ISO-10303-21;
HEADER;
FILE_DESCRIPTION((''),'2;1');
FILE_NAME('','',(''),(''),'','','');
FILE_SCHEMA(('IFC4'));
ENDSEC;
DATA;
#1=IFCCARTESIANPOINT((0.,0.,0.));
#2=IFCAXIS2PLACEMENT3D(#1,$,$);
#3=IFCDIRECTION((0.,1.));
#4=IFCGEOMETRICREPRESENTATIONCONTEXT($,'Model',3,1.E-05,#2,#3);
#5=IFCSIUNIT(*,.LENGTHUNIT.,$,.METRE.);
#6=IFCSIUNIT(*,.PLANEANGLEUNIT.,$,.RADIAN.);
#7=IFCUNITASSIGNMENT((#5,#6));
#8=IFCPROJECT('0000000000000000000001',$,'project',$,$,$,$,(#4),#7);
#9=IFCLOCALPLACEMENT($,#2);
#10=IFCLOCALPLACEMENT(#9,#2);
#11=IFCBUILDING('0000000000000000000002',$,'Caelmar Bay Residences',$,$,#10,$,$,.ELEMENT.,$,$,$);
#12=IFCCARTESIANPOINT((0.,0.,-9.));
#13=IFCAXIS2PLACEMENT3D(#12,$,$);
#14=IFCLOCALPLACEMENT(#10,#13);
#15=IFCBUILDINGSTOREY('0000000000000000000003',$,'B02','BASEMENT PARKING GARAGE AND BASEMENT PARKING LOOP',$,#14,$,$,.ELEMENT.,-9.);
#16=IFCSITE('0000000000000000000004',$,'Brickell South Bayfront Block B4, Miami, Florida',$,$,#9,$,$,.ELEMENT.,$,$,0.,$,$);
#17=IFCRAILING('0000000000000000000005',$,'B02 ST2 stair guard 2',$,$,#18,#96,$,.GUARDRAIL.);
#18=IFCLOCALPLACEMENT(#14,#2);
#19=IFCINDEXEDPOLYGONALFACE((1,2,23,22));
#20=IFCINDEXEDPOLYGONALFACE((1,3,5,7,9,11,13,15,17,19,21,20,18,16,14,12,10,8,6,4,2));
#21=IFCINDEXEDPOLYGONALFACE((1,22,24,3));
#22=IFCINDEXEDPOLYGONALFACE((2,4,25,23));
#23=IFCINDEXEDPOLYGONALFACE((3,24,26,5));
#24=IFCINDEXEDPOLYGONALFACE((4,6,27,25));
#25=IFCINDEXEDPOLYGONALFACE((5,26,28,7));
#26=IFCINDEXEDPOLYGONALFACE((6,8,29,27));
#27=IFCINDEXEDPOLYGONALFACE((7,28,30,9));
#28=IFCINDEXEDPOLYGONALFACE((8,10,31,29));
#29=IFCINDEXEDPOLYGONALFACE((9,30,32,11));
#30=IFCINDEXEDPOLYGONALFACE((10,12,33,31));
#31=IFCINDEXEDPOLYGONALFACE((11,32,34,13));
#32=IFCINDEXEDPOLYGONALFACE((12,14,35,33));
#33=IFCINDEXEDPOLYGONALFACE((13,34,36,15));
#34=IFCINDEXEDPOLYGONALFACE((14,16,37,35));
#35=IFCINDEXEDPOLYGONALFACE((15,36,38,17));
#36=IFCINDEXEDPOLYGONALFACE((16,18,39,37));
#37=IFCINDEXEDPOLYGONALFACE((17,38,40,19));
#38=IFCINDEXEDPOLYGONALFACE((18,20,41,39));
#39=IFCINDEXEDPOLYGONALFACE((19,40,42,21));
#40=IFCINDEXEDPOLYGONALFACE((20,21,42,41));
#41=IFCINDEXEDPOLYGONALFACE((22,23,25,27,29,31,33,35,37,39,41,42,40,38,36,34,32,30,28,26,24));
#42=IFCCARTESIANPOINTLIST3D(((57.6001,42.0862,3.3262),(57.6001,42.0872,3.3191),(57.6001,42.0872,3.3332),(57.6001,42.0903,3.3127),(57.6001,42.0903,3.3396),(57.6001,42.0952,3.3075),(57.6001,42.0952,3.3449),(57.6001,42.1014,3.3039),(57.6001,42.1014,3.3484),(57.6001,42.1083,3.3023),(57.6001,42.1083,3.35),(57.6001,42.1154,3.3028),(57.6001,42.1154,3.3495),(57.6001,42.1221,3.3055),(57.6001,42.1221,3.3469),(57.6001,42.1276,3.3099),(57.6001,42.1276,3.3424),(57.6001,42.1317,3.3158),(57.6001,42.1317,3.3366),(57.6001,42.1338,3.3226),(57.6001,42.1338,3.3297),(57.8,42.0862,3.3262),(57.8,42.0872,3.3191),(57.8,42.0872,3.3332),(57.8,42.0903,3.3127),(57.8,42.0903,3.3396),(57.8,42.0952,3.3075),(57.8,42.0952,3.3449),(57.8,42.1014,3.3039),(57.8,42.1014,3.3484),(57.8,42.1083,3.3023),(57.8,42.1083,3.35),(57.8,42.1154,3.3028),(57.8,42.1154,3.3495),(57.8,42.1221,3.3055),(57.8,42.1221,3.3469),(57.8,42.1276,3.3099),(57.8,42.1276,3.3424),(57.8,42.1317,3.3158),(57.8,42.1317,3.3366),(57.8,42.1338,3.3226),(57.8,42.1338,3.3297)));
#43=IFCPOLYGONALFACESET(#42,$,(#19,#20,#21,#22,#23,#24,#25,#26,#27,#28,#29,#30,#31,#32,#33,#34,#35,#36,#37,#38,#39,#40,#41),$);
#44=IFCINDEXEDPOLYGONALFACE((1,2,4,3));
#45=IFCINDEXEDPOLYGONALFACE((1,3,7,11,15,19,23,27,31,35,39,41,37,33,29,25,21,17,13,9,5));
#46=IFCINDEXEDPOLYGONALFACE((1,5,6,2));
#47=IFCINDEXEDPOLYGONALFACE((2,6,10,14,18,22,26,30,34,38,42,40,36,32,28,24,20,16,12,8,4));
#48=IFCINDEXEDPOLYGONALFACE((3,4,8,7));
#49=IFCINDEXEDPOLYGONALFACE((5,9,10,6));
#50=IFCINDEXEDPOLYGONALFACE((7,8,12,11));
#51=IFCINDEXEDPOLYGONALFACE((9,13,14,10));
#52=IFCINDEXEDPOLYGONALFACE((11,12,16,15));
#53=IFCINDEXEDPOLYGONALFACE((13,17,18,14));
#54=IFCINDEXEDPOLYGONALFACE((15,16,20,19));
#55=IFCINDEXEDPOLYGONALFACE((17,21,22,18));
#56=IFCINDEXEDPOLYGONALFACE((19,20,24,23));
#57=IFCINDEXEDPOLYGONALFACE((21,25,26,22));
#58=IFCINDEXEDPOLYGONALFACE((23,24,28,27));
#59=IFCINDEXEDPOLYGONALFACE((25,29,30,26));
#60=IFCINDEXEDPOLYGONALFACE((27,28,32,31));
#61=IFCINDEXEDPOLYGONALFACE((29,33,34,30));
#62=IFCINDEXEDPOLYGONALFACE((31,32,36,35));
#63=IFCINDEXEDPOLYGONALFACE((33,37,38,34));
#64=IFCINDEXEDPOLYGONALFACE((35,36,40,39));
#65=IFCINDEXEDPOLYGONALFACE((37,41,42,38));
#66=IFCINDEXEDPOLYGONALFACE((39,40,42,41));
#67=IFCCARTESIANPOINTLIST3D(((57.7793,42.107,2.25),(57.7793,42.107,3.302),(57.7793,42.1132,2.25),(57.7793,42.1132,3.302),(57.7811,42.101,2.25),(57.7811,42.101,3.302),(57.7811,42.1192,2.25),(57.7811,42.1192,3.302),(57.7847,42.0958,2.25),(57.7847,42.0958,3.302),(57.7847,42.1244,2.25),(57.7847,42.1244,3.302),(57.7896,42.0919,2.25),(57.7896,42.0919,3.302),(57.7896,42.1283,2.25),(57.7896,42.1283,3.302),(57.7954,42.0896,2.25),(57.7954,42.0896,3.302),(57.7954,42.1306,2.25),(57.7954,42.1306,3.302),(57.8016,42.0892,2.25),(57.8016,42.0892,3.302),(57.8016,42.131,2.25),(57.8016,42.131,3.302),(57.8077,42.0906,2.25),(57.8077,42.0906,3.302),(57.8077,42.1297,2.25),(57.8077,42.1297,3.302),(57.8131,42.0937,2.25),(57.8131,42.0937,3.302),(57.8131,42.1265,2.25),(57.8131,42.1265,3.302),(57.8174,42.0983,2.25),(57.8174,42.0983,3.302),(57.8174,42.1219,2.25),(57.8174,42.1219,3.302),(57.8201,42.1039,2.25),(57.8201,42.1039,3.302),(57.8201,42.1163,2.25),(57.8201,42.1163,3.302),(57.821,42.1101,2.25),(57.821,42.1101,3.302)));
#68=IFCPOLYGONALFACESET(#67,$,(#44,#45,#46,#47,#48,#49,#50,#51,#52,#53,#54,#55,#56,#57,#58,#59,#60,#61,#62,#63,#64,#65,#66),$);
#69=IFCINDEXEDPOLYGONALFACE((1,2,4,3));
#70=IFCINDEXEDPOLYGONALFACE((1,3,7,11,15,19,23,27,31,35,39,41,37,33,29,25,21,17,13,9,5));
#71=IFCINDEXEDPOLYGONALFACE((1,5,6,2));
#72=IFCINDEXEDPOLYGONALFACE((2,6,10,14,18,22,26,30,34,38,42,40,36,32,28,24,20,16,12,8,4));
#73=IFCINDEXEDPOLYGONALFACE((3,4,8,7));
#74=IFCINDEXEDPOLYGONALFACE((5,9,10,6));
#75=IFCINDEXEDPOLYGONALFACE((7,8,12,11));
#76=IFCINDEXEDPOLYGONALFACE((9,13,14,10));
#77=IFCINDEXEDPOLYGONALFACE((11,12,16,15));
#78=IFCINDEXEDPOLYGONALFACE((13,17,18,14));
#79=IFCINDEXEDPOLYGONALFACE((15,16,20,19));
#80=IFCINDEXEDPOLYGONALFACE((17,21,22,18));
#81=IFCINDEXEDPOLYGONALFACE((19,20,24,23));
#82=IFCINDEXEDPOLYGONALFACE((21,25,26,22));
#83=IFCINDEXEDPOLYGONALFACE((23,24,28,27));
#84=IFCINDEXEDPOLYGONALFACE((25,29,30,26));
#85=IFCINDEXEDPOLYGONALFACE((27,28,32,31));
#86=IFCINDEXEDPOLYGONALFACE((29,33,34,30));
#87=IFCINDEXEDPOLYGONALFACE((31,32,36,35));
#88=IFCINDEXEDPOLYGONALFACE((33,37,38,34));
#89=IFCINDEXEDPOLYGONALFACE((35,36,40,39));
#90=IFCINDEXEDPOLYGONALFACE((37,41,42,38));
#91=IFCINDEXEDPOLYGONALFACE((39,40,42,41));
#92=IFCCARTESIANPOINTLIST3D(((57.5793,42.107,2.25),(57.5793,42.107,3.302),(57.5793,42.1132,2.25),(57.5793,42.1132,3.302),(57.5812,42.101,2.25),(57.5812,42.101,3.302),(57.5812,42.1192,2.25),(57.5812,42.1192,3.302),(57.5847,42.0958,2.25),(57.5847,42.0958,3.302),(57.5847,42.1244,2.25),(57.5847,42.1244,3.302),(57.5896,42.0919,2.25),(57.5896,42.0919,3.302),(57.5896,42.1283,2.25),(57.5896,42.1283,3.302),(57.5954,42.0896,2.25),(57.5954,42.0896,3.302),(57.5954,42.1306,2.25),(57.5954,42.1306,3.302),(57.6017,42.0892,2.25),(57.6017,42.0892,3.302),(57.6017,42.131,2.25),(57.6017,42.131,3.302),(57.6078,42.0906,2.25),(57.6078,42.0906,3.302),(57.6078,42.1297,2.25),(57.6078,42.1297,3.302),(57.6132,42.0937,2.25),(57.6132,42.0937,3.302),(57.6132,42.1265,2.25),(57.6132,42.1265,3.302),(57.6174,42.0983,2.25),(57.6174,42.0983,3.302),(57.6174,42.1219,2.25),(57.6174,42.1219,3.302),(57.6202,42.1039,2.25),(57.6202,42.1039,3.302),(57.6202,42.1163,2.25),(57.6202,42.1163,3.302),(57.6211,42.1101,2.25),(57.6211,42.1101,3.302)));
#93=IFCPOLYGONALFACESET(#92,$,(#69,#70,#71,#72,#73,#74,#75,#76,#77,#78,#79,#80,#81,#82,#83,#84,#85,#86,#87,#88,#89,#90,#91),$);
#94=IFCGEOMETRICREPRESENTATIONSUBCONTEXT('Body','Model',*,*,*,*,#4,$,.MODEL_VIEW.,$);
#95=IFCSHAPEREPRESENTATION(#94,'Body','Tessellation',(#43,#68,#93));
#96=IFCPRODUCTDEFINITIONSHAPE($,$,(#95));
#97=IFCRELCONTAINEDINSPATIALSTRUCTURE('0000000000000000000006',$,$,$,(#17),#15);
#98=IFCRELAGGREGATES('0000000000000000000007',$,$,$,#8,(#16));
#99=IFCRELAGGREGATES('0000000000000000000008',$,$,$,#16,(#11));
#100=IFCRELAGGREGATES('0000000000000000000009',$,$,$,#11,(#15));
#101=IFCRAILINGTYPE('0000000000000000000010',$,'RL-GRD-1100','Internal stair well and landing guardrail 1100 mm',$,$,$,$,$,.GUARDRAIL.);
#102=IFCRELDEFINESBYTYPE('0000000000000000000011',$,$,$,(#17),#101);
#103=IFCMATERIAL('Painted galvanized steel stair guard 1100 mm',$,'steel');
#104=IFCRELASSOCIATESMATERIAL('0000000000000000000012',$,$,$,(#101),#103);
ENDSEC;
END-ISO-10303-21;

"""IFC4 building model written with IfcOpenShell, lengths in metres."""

from ifc_helpers import new_model, si_unit, direction, frame, origin, origin_2d, place, context, subcontext, project, spatial, circle, extrude, material, type_object, element, save


model = new_model("IFC4")

# Units and contexts
model_context = context("Model", 3, precision=1e-05, world=origin(), true_north=direction((0.0, 1.0)))
body_context = subcontext(model_context, "Body", "Model", "MODEL_VIEW")
ifc_project = project(units=[si_unit("LENGTHUNIT", "METRE"), si_unit("PLANEANGLEUNIT", "RADIAN")], contexts=[model_context])

# Site, building, storey
site_placement = place(None, origin())
site = spatial("IfcSite", under=ifc_project, at=site_placement, Name="Brickell South Bayfront Block B4, Miami, Florida", CompositionType="ELEMENT", RefElevation=0.0)
building_placement = place(site_placement, origin())
building = spatial("IfcBuilding", under=site, at=building_placement, Name="Caelmar Bay Residences", CompositionType="ELEMENT")
storey_placement = place(building_placement, frame((0.0, 0.0, -9.0)))
storey = spatial("IfcBuildingStorey", under=building, at=storey_placement, Name="B02", Description="BASEMENT PARKING GARAGE AND BASEMENT PARKING LOOP", CompositionType="ELEMENT", Elevation=-9.0)

# Railing
ifc_material_1 = material(Name="Painted galvanized steel stair guard 1100 mm", Category="steel")
railing_type_1 = type_object("IfcRailingType", Name="RL-GRD-1100", Description="Internal stair well and landing guardrail 1100 mm", PredefinedType="GUARDRAIL", material=ifc_material_1)
railing_1_placement = place(storey_placement, frame((57.8, 42.1101, 2.25)))
element("IfcRailing", 1, at=railing_1_placement, inside=storey, type_object=railing_type_1, Name="B02 ST2 stair guard 2", PredefinedType="GUARDRAIL", context=body_context, shape_type="SweptSolid", body=[
    extrude(circle(Radius=0.0239, at=origin_2d()), frame((0.0, 0.0, 1.0762), z_axis=(-1.0, 0.0, 0.0), x_axis=(0.0, -1.0, 0.0)), (0.0, 0.0, 1.0), 0.2),
    extrude(circle(Radius=0.021, at=origin_2d()), origin(), (0.0, 0.0, 1.0), 1.052),
    extrude(circle(Radius=0.021, at=origin_2d()), frame((-0.2, 0.0, 0.0)), (0.0, 0.0, 1.0), 1.052),
])

save(model, "model.ifc")
